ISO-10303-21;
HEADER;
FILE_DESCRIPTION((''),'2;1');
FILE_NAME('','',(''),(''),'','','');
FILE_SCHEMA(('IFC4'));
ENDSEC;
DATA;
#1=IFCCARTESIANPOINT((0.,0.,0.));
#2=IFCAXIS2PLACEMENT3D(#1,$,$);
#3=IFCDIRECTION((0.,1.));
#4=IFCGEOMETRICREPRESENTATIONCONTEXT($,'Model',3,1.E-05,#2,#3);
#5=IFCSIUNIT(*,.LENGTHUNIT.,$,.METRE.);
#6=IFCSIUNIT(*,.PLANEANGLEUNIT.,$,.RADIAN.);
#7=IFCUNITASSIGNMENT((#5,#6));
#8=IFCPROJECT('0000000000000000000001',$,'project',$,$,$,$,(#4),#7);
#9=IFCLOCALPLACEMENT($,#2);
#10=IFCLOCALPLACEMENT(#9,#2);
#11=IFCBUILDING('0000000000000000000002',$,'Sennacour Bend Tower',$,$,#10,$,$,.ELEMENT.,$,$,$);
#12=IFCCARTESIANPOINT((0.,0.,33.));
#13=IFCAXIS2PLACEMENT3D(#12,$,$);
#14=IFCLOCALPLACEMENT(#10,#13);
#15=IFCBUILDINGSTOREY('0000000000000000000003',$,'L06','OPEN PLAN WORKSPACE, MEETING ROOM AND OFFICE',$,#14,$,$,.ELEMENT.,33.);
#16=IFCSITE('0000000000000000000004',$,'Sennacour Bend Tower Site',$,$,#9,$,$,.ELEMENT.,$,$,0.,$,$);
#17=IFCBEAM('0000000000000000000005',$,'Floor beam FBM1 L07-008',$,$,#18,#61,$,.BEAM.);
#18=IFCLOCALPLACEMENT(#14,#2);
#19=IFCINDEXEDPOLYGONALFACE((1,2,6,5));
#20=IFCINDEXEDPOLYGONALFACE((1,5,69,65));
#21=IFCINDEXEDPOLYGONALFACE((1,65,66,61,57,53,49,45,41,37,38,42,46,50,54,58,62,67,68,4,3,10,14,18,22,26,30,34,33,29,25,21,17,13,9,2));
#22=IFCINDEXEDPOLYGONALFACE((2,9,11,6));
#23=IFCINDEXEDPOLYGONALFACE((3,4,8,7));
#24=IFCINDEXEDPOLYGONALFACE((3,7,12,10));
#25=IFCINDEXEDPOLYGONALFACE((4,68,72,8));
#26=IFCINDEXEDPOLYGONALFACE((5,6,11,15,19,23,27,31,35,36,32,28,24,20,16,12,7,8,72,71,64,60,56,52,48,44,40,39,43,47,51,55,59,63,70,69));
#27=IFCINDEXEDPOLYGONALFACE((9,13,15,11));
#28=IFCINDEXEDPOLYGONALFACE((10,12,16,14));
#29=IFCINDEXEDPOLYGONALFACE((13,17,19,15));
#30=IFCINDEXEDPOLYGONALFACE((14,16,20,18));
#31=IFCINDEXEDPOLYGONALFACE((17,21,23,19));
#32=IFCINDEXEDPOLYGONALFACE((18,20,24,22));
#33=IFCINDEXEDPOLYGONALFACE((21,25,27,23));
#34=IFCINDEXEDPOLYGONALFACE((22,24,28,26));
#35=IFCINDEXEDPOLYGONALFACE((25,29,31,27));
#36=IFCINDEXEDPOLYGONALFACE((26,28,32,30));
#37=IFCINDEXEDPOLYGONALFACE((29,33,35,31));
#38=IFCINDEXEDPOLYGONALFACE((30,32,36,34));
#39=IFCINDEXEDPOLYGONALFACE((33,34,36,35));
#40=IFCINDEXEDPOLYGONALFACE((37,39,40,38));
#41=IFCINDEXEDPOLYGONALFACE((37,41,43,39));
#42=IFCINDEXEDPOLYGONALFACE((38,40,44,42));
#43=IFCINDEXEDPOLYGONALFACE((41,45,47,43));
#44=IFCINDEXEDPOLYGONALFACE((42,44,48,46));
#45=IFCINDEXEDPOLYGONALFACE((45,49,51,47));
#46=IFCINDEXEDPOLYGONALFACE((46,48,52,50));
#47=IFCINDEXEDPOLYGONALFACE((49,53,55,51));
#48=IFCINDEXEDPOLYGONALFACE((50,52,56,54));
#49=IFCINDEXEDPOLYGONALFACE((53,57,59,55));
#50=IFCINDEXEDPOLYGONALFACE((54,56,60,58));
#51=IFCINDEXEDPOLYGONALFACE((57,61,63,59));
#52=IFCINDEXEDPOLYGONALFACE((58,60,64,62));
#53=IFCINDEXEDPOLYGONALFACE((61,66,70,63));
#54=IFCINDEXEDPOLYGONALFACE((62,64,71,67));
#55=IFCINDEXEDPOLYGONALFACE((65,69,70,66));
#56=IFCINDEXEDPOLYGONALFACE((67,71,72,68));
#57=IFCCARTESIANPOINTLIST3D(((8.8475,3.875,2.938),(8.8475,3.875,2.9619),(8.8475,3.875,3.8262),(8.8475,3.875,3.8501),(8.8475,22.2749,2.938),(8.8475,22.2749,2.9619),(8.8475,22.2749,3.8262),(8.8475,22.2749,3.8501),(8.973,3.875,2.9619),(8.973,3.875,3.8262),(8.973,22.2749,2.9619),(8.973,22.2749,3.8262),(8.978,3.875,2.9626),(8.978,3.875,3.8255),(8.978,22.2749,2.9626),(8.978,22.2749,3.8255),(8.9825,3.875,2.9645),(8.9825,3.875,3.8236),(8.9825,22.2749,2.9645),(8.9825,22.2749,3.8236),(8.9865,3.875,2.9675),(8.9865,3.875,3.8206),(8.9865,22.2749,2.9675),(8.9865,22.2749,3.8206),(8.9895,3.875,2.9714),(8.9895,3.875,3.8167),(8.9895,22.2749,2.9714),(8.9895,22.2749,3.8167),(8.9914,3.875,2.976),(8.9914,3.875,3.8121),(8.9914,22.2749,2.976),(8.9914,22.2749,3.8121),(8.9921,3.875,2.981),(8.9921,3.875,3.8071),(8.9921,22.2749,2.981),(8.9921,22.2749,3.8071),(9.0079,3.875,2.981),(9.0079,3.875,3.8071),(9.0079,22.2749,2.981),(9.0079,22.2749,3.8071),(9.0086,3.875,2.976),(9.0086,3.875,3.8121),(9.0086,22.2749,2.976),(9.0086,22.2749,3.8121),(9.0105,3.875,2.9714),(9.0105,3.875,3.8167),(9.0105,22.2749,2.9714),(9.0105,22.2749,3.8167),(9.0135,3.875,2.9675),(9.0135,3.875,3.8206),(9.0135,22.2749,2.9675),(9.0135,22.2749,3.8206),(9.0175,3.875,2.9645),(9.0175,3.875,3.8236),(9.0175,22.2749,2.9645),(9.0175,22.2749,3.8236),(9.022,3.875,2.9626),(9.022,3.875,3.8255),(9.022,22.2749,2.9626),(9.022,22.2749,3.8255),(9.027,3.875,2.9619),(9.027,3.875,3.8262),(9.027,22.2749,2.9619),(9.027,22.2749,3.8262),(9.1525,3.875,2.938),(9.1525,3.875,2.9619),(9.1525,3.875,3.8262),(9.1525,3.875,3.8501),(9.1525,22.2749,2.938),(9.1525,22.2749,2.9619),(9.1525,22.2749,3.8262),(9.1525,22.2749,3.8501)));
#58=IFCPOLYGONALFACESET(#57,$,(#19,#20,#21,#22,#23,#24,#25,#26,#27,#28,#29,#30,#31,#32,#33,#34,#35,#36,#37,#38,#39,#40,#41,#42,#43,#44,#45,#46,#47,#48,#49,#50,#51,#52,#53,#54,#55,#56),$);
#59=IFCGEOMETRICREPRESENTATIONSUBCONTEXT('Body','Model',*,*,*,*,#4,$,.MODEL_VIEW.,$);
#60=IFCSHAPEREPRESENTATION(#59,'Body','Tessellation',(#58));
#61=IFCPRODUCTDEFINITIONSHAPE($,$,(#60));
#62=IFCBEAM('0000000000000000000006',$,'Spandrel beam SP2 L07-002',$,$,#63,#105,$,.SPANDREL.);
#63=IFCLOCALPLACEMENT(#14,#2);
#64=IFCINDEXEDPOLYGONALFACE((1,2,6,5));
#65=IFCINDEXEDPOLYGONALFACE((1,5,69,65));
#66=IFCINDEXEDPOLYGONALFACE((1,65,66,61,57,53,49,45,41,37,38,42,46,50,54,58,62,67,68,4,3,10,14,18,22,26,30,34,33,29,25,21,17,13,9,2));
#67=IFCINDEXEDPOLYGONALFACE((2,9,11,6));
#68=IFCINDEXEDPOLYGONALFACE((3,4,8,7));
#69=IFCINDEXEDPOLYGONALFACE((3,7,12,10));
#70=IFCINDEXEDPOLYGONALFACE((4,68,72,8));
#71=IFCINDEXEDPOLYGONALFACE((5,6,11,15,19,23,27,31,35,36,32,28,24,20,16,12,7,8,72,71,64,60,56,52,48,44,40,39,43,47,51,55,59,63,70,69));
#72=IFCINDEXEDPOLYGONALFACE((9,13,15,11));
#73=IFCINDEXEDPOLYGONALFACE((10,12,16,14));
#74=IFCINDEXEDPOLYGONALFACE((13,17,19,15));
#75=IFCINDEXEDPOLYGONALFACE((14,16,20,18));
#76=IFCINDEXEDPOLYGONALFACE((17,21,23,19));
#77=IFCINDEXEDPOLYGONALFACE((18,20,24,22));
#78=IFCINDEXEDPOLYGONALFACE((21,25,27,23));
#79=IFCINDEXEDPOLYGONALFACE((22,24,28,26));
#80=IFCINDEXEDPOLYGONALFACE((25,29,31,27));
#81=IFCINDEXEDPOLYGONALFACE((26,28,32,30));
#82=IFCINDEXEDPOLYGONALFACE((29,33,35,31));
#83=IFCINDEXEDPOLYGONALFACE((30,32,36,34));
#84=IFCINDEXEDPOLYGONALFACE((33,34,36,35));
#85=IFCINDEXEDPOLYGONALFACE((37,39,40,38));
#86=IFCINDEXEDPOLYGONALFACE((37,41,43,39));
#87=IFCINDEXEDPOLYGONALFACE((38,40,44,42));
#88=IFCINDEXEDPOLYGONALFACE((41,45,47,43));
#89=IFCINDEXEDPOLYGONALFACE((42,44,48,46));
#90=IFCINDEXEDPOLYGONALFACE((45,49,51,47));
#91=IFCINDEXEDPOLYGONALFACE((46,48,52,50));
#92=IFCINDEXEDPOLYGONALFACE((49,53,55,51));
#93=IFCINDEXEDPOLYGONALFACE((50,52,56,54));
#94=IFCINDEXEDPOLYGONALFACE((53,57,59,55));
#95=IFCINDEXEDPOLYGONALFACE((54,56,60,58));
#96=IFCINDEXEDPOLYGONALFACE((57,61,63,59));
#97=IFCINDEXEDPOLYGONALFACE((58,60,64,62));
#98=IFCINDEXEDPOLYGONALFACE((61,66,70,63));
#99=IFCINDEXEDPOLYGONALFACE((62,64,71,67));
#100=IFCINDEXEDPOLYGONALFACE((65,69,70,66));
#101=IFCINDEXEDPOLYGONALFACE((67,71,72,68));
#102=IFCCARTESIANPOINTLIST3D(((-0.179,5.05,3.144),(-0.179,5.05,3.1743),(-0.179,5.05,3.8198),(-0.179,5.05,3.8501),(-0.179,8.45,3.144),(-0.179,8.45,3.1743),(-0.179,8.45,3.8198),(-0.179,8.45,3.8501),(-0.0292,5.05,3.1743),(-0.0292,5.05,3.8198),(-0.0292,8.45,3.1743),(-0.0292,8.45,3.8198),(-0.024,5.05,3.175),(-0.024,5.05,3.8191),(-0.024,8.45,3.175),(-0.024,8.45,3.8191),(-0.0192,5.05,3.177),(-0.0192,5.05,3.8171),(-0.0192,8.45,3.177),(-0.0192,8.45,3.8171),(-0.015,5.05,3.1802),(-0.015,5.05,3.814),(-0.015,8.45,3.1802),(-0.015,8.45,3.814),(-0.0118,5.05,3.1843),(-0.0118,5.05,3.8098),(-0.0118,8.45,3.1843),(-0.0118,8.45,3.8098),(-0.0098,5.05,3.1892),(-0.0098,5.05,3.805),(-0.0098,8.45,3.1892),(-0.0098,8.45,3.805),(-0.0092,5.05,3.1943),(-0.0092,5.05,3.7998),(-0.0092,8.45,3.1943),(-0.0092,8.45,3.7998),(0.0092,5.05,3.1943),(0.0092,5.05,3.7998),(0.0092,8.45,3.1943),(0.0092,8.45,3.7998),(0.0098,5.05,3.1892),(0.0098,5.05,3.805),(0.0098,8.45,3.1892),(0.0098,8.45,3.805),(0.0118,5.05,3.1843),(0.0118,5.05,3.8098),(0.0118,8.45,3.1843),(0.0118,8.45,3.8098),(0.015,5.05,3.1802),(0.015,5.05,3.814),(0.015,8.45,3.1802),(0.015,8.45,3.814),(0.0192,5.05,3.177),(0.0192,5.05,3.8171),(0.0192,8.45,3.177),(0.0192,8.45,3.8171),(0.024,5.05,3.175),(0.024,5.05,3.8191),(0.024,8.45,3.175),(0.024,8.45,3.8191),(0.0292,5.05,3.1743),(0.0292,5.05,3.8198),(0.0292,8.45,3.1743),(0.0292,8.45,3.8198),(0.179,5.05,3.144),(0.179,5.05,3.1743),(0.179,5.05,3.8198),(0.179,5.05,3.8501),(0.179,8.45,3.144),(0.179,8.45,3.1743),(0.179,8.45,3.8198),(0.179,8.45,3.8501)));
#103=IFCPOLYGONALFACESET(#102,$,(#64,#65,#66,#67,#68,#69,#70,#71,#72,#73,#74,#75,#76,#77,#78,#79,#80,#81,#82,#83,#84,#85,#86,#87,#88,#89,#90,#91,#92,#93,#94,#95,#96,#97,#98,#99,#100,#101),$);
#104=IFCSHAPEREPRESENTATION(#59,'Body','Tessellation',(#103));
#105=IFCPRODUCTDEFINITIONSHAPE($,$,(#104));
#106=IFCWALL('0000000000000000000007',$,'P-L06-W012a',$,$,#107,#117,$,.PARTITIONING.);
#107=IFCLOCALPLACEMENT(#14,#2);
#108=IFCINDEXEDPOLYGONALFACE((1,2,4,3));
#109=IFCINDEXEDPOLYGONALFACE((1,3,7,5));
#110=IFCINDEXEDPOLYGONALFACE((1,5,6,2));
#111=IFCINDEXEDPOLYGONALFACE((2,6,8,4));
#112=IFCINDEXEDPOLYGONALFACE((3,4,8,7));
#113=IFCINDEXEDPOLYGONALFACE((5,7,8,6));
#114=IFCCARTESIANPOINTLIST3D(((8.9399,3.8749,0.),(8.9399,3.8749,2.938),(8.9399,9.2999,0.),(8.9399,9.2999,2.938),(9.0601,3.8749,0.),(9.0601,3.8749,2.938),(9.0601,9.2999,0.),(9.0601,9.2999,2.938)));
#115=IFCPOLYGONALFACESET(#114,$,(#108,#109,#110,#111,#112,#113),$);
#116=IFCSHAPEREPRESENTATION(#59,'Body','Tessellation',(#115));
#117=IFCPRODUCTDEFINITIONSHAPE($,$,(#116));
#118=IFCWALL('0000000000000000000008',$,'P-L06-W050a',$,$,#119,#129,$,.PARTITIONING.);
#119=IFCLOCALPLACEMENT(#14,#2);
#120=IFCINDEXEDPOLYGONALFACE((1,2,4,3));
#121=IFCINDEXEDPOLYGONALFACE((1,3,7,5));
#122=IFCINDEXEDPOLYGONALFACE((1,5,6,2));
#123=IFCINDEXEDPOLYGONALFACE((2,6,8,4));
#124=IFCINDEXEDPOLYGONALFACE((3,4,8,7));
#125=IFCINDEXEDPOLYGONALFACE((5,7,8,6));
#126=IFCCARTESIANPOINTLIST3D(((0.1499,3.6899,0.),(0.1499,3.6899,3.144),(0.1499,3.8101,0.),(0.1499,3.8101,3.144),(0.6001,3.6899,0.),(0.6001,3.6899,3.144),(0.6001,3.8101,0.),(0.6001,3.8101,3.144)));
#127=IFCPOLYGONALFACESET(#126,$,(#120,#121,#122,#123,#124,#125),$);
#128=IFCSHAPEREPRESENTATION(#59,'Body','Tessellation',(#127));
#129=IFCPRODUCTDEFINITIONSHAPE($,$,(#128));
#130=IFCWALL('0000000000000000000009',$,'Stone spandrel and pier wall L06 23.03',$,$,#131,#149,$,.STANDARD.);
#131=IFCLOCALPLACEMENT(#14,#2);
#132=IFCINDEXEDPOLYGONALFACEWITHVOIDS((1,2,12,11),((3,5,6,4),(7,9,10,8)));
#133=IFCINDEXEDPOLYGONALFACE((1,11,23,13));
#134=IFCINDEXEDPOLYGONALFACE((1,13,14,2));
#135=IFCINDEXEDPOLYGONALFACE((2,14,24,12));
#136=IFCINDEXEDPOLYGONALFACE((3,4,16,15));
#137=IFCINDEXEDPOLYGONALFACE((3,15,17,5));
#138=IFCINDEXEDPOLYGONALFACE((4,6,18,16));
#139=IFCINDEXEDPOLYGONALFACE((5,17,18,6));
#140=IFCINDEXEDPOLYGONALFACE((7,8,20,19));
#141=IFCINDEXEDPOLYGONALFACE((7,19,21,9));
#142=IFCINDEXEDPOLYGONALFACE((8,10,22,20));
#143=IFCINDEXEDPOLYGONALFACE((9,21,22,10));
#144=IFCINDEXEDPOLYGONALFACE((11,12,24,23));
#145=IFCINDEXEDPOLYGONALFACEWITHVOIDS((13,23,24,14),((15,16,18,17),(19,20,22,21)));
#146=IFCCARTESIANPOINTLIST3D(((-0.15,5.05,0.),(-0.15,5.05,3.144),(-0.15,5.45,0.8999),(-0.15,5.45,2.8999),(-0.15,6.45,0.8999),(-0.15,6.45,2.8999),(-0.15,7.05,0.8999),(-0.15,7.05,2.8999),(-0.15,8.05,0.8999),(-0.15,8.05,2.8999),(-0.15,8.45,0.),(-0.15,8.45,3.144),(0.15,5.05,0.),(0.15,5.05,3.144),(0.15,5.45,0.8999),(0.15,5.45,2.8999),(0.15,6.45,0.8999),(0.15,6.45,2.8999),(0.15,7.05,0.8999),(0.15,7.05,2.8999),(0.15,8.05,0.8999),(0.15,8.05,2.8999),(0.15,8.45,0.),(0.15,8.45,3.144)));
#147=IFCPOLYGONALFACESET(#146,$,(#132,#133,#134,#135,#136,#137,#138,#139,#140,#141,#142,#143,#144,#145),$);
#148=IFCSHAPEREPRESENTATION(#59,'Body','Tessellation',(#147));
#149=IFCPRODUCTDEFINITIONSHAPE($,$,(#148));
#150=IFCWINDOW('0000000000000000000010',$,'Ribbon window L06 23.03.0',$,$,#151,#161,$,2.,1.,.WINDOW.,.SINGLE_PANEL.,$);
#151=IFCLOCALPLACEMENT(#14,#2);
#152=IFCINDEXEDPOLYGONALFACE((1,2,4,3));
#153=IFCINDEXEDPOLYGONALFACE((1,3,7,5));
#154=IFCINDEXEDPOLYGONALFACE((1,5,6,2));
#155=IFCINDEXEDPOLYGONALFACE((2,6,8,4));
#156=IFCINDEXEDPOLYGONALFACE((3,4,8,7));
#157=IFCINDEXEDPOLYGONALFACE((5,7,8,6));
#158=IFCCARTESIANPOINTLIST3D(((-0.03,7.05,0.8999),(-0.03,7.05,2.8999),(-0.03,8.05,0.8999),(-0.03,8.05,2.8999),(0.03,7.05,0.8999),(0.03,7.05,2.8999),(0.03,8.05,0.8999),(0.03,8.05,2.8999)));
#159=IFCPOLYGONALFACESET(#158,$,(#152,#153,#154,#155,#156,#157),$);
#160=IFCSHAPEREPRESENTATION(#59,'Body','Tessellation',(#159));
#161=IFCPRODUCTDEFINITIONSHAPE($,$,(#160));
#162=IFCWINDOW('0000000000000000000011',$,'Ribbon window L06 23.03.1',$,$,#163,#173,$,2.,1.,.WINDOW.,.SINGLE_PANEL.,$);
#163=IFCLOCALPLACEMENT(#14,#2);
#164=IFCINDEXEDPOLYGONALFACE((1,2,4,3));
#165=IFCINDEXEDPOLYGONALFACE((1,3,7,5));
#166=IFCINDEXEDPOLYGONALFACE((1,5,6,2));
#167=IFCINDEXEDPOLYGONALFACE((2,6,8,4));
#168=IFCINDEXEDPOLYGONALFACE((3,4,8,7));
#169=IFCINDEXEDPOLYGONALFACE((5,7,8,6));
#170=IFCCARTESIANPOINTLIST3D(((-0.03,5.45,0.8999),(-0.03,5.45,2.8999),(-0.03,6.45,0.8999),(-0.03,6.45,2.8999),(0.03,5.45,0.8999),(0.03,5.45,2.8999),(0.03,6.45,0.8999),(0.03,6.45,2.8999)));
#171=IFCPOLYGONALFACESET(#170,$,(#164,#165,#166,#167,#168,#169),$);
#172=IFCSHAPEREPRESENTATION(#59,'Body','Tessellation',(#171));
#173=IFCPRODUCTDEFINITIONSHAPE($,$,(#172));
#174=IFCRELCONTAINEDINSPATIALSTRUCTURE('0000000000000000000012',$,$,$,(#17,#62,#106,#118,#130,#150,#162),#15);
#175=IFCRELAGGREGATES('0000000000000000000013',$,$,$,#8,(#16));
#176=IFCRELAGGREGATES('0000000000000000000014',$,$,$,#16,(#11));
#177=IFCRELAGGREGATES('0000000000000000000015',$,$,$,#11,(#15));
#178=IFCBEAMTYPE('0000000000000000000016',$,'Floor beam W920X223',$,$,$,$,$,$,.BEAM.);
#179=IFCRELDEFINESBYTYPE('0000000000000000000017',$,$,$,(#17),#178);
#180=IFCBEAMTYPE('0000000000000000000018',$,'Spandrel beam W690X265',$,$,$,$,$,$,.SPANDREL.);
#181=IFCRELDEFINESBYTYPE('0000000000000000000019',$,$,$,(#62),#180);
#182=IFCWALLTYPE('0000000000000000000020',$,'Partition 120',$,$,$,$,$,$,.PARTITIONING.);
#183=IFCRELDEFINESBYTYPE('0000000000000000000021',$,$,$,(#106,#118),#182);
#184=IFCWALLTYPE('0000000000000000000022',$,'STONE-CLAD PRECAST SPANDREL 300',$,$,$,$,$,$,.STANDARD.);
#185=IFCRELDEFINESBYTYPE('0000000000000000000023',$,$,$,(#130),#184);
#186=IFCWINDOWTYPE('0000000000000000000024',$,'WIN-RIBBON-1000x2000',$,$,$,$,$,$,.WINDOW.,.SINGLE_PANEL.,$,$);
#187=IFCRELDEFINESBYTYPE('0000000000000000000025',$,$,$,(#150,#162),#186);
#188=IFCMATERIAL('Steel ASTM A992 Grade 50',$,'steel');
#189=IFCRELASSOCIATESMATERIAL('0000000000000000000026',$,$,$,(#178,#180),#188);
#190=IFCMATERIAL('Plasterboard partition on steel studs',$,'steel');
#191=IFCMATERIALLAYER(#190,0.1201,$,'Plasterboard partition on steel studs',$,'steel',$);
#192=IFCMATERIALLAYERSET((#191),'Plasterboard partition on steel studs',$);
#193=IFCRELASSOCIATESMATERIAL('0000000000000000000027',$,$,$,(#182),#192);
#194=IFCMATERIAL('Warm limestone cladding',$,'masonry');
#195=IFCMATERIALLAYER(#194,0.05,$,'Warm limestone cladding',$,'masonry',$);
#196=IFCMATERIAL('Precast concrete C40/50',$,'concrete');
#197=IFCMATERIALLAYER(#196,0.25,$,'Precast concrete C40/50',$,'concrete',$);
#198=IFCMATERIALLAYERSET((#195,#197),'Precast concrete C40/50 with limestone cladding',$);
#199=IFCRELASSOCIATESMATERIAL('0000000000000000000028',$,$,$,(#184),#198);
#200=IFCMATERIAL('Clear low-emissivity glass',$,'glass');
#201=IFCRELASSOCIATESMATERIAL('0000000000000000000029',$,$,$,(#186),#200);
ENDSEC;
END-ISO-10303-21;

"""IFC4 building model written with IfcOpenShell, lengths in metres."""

from ifc_helpers import new_model, si_unit, direction, frame, frame_2d, origin, origin_2d, place, context, subcontext, project, spatial, rectangle, i_section, extrude, material, layer, layer_set, material_profile, profile_set, type_object, element, fill, save


model = new_model("IFC4")

# Units and contexts
model_context = context("Model", 3, precision=1e-05, world=origin(), true_north=direction((0.0, 1.0)))
body_context = subcontext(model_context, "Body", "Model", "MODEL_VIEW")
ifc_project = project(units=[si_unit("LENGTHUNIT", "METRE"), si_unit("PLANEANGLEUNIT", "RADIAN")], contexts=[model_context])

# Site, building, storey
site_placement = place(None, origin())
site = spatial("IfcSite", under=ifc_project, at=site_placement, Name="Sennacour Bend Tower Site", CompositionType="ELEMENT", RefElevation=0.0)
building_placement = place(site_placement, origin())
building = spatial("IfcBuilding", under=site, at=building_placement, Name="Sennacour Bend Tower", CompositionType="ELEMENT")
storey_placement = place(building_placement, frame((0.0, 0.0, 33.0)))
storey = spatial("IfcBuildingStorey", under=building, at=storey_placement, Name="L06", Description="OPEN PLAN WORKSPACE, MEETING ROOM AND OFFICE", CompositionType="ELEMENT", Elevation=33.0)

# Beams
ifc_material_1 = material(Name="Steel ASTM A992 Grade 50", Category="steel")
ifc_material_profile_1 = material_profile(ifc_material_1, i_section(OverallWidth=0.3049, OverallDepth=0.9121, WebThickness=0.0159, FlangeThickness=0.0239, FilletRadius=0.019, at=origin_2d()), Name="Steel ASTM A992 Grade 50", Category="steel")
ifc_profile_set_1 = profile_set([ifc_material_profile_1], Name="Steel ASTM A992 Grade 50")
beam_type_1 = type_object("IfcBeamType", Name="Floor beam W920X223", PredefinedType="BEAM", material=ifc_profile_set_1)
for number, where, z_axis, x_axis, name in (
    (1, (9.0, 3.875, 3.394), (0.0, 1.0, 0.0), (-1.0, 0.0, 0.0), "Floor beam FBM1 L07-008"),
):
    element("IfcBeam", number, at=place(storey_placement, frame(where, z_axis=z_axis, x_axis=x_axis)), inside=storey, type_object=beam_type_1, Name=name, PredefinedType="BEAM", context=body_context, shape_type="SweptSolid", body=[
        extrude(i_section(OverallWidth=0.3049, OverallDepth=0.9121, WebThickness=0.0159, FlangeThickness=0.0239, FilletRadius=0.019, at=origin_2d()), origin(), (0.0, 0.0, 1.0), 18.3999),
    ])
ifc_material_profile_2 = material_profile(ifc_material_1, i_section(OverallWidth=0.3579, OverallDepth=0.7061, WebThickness=0.0183, FlangeThickness=0.0303, FilletRadius=0.02, at=origin_2d()), Name="Steel ASTM A992 Grade 50", Category="steel")
ifc_profile_set_2 = profile_set([ifc_material_profile_2], Name="Steel ASTM A992 Grade 50")
beam_type_2 = type_object("IfcBeamType", Name="Spandrel beam W690X265", PredefinedType="SPANDREL", material=ifc_profile_set_2)
beam_placement = place(storey_placement, frame((0.0, 5.05, 3.4971), z_axis=(0.0, 1.0, 0.0), x_axis=(-1.0, 0.0, 0.0)))
element("IfcBeam", 2, at=beam_placement, inside=storey, type_object=beam_type_2, Name="Spandrel beam SP2 L07-002", PredefinedType="SPANDREL", context=body_context, shape_type="SweptSolid", body=[
    extrude(i_section(OverallWidth=0.3579, OverallDepth=0.7061, WebThickness=0.0183, FlangeThickness=0.0303, FilletRadius=0.02, at=origin_2d()), origin(), (0.0, 0.0, 1.0), 3.3999),
])

# Walls
ifc_material_2 = material(Name="Plasterboard partition on steel studs", Category="steel")
ifc_layer_1 = layer(ifc_material_2, 0.1201, Name="Plasterboard partition on steel studs", Category="steel")
ifc_layer_set_1 = layer_set([ifc_layer_1], Name="Plasterboard partition on steel studs")
wall_type_1 = type_object("IfcWallType", Name="Partition 120", PredefinedType="PARTITIONING", material=ifc_layer_set_1)
wall_1_placement = place(storey_placement, frame((9.0, 3.875, 0.0), z_axis=(0.0, 0.0, 1.0), x_axis=(0.0, 1.0, 0.0)))
element("IfcWall", 3, at=wall_1_placement, inside=storey, type_object=wall_type_1, Name="P-L06-W012a", PredefinedType="PARTITIONING", context=body_context, shape_type="SweptSolid", body=[
    extrude(rectangle(XDim=5.425, YDim=0.1201, at=frame_2d((2.7124, 0.0))), origin(), (0.0, 0.0, 1.0), 2.938),
])
wall_2_placement = place(storey_placement, frame((0.1499, 3.75, 0.0), z_axis=(0.0, 0.0, 1.0), x_axis=(1.0, 0.0, 0.0)))
element("IfcWall", 4, at=wall_2_placement, inside=storey, type_object=wall_type_1, Name="P-L06-W050a", PredefinedType="PARTITIONING", context=body_context, shape_type="SweptSolid", body=[
    extrude(rectangle(XDim=0.4502, YDim=0.1201, at=frame_2d((0.2251, 0.0))), origin(), (0.0, 0.0, 1.0), 3.144),
])

# Wall, openings, windows
ifc_material_3 = material(Name="Warm limestone cladding", Category="masonry")
ifc_layer_2 = layer(ifc_material_3, 0.05, Name="Warm limestone cladding", Category="masonry")
ifc_material_4 = material(Name="Precast concrete C40/50", Category="concrete")
ifc_layer_3 = layer(ifc_material_4, 0.25, Name="Precast concrete C40/50", Category="concrete")
ifc_layer_set_2 = layer_set([ifc_layer_2, ifc_layer_3], Name="Precast concrete C40/50 with limestone cladding")
wall_type_2 = type_object("IfcWallType", Name="STONE-CLAD PRECAST SPANDREL 300", PredefinedType="STANDARD", material=ifc_layer_set_2)
wall_3_placement = place(storey_placement, frame((0.0, 8.45, 0.0), z_axis=(0.0, 0.0, 1.0), x_axis=(0.0, -1.0, 0.0)))
wall_3 = element("IfcWall", 5, at=wall_3_placement, inside=storey, type_object=wall_type_2, Name="Stone spandrel and pier wall L06 23.03", PredefinedType="STANDARD", context=body_context, shape_type="SweptSolid", body=[
    extrude(rectangle(XDim=3.3999, YDim=0.3, at=frame_2d((1.7, 0.0))), origin(), (0.0, 0.0, 1.0), 3.144),
])
opening_1_placement = place(wall_3_placement, frame((0.3999, 0.0, 0.8999)))
opening_1 = element("IfcOpeningElement", 6, at=opening_1_placement, cuts=wall_3, PredefinedType="OPENING", context=body_context, shape_type="SweptSolid", body=[
    extrude(rectangle(XDim=1.0, YDim=2.0, at=frame_2d((0.5, 1.0))), frame((0.0, 0.1602, 0.0), z_axis=(0.0, -1.0, 0.0), x_axis=(1.0, 0.0, 0.0)), (0.0, 0.0, 1.0), 0.3201),
])
opening_2_placement = place(wall_3_placement, frame((2.0, 0.0, 0.8999)))
opening_2 = element("IfcOpeningElement", 7, at=opening_2_placement, cuts=wall_3, PredefinedType="OPENING", context=body_context, shape_type="SweptSolid", body=[
    extrude(rectangle(XDim=1.0, YDim=2.0, at=frame_2d((0.5, 1.0))), frame((0.0, 0.1602, 0.0), z_axis=(0.0, -1.0, 0.0), x_axis=(1.0, 0.0, 0.0)), (0.0, 0.0, 1.0), 0.3201),
])
ifc_material_5 = material(Name="Clear low-emissivity glass", Category="glass")
window_type = type_object("IfcWindowType", Name="WIN-RIBBON-1000x2000", PartitioningType="SINGLE_PANEL", PredefinedType="WINDOW", material=ifc_material_5)
window_1_placement = place(opening_1_placement, origin())
window_1 = element("IfcWindow", 8, at=window_1_placement, inside=storey, type_object=window_type, Name="Ribbon window L06 23.03.0", OverallHeight=2.0, OverallWidth=1.0, PartitioningType="SINGLE_PANEL", PredefinedType="WINDOW", context=body_context, shape_type="SweptSolid", body=[
    extrude(rectangle(XDim=1.0, YDim=2.0, at=frame_2d((0.5, 1.0))), frame((0.0, 0.03, 0.0), z_axis=(0.0, -1.0, 0.0), x_axis=(1.0, 0.0, 0.0)), (0.0, 0.0, 1.0), 0.0601),
])
fill(opening_1, window_1)
window_2_placement = place(opening_2_placement, origin())
window_2 = element("IfcWindow", 9, at=window_2_placement, inside=storey, type_object=window_type, Name="Ribbon window L06 23.03.1", OverallHeight=2.0, OverallWidth=1.0, PartitioningType="SINGLE_PANEL", PredefinedType="WINDOW", context=body_context, shape_type="SweptSolid", body=[
    extrude(rectangle(XDim=1.0, YDim=2.0, at=frame_2d((0.5, 1.0))), frame((0.0, 0.03, 0.0), z_axis=(0.0, -1.0, 0.0), x_axis=(1.0, 0.0, 0.0)), (0.0, 0.0, 1.0), 0.0601),
])
fill(opening_2, window_2)

save(model, "model.ifc")
